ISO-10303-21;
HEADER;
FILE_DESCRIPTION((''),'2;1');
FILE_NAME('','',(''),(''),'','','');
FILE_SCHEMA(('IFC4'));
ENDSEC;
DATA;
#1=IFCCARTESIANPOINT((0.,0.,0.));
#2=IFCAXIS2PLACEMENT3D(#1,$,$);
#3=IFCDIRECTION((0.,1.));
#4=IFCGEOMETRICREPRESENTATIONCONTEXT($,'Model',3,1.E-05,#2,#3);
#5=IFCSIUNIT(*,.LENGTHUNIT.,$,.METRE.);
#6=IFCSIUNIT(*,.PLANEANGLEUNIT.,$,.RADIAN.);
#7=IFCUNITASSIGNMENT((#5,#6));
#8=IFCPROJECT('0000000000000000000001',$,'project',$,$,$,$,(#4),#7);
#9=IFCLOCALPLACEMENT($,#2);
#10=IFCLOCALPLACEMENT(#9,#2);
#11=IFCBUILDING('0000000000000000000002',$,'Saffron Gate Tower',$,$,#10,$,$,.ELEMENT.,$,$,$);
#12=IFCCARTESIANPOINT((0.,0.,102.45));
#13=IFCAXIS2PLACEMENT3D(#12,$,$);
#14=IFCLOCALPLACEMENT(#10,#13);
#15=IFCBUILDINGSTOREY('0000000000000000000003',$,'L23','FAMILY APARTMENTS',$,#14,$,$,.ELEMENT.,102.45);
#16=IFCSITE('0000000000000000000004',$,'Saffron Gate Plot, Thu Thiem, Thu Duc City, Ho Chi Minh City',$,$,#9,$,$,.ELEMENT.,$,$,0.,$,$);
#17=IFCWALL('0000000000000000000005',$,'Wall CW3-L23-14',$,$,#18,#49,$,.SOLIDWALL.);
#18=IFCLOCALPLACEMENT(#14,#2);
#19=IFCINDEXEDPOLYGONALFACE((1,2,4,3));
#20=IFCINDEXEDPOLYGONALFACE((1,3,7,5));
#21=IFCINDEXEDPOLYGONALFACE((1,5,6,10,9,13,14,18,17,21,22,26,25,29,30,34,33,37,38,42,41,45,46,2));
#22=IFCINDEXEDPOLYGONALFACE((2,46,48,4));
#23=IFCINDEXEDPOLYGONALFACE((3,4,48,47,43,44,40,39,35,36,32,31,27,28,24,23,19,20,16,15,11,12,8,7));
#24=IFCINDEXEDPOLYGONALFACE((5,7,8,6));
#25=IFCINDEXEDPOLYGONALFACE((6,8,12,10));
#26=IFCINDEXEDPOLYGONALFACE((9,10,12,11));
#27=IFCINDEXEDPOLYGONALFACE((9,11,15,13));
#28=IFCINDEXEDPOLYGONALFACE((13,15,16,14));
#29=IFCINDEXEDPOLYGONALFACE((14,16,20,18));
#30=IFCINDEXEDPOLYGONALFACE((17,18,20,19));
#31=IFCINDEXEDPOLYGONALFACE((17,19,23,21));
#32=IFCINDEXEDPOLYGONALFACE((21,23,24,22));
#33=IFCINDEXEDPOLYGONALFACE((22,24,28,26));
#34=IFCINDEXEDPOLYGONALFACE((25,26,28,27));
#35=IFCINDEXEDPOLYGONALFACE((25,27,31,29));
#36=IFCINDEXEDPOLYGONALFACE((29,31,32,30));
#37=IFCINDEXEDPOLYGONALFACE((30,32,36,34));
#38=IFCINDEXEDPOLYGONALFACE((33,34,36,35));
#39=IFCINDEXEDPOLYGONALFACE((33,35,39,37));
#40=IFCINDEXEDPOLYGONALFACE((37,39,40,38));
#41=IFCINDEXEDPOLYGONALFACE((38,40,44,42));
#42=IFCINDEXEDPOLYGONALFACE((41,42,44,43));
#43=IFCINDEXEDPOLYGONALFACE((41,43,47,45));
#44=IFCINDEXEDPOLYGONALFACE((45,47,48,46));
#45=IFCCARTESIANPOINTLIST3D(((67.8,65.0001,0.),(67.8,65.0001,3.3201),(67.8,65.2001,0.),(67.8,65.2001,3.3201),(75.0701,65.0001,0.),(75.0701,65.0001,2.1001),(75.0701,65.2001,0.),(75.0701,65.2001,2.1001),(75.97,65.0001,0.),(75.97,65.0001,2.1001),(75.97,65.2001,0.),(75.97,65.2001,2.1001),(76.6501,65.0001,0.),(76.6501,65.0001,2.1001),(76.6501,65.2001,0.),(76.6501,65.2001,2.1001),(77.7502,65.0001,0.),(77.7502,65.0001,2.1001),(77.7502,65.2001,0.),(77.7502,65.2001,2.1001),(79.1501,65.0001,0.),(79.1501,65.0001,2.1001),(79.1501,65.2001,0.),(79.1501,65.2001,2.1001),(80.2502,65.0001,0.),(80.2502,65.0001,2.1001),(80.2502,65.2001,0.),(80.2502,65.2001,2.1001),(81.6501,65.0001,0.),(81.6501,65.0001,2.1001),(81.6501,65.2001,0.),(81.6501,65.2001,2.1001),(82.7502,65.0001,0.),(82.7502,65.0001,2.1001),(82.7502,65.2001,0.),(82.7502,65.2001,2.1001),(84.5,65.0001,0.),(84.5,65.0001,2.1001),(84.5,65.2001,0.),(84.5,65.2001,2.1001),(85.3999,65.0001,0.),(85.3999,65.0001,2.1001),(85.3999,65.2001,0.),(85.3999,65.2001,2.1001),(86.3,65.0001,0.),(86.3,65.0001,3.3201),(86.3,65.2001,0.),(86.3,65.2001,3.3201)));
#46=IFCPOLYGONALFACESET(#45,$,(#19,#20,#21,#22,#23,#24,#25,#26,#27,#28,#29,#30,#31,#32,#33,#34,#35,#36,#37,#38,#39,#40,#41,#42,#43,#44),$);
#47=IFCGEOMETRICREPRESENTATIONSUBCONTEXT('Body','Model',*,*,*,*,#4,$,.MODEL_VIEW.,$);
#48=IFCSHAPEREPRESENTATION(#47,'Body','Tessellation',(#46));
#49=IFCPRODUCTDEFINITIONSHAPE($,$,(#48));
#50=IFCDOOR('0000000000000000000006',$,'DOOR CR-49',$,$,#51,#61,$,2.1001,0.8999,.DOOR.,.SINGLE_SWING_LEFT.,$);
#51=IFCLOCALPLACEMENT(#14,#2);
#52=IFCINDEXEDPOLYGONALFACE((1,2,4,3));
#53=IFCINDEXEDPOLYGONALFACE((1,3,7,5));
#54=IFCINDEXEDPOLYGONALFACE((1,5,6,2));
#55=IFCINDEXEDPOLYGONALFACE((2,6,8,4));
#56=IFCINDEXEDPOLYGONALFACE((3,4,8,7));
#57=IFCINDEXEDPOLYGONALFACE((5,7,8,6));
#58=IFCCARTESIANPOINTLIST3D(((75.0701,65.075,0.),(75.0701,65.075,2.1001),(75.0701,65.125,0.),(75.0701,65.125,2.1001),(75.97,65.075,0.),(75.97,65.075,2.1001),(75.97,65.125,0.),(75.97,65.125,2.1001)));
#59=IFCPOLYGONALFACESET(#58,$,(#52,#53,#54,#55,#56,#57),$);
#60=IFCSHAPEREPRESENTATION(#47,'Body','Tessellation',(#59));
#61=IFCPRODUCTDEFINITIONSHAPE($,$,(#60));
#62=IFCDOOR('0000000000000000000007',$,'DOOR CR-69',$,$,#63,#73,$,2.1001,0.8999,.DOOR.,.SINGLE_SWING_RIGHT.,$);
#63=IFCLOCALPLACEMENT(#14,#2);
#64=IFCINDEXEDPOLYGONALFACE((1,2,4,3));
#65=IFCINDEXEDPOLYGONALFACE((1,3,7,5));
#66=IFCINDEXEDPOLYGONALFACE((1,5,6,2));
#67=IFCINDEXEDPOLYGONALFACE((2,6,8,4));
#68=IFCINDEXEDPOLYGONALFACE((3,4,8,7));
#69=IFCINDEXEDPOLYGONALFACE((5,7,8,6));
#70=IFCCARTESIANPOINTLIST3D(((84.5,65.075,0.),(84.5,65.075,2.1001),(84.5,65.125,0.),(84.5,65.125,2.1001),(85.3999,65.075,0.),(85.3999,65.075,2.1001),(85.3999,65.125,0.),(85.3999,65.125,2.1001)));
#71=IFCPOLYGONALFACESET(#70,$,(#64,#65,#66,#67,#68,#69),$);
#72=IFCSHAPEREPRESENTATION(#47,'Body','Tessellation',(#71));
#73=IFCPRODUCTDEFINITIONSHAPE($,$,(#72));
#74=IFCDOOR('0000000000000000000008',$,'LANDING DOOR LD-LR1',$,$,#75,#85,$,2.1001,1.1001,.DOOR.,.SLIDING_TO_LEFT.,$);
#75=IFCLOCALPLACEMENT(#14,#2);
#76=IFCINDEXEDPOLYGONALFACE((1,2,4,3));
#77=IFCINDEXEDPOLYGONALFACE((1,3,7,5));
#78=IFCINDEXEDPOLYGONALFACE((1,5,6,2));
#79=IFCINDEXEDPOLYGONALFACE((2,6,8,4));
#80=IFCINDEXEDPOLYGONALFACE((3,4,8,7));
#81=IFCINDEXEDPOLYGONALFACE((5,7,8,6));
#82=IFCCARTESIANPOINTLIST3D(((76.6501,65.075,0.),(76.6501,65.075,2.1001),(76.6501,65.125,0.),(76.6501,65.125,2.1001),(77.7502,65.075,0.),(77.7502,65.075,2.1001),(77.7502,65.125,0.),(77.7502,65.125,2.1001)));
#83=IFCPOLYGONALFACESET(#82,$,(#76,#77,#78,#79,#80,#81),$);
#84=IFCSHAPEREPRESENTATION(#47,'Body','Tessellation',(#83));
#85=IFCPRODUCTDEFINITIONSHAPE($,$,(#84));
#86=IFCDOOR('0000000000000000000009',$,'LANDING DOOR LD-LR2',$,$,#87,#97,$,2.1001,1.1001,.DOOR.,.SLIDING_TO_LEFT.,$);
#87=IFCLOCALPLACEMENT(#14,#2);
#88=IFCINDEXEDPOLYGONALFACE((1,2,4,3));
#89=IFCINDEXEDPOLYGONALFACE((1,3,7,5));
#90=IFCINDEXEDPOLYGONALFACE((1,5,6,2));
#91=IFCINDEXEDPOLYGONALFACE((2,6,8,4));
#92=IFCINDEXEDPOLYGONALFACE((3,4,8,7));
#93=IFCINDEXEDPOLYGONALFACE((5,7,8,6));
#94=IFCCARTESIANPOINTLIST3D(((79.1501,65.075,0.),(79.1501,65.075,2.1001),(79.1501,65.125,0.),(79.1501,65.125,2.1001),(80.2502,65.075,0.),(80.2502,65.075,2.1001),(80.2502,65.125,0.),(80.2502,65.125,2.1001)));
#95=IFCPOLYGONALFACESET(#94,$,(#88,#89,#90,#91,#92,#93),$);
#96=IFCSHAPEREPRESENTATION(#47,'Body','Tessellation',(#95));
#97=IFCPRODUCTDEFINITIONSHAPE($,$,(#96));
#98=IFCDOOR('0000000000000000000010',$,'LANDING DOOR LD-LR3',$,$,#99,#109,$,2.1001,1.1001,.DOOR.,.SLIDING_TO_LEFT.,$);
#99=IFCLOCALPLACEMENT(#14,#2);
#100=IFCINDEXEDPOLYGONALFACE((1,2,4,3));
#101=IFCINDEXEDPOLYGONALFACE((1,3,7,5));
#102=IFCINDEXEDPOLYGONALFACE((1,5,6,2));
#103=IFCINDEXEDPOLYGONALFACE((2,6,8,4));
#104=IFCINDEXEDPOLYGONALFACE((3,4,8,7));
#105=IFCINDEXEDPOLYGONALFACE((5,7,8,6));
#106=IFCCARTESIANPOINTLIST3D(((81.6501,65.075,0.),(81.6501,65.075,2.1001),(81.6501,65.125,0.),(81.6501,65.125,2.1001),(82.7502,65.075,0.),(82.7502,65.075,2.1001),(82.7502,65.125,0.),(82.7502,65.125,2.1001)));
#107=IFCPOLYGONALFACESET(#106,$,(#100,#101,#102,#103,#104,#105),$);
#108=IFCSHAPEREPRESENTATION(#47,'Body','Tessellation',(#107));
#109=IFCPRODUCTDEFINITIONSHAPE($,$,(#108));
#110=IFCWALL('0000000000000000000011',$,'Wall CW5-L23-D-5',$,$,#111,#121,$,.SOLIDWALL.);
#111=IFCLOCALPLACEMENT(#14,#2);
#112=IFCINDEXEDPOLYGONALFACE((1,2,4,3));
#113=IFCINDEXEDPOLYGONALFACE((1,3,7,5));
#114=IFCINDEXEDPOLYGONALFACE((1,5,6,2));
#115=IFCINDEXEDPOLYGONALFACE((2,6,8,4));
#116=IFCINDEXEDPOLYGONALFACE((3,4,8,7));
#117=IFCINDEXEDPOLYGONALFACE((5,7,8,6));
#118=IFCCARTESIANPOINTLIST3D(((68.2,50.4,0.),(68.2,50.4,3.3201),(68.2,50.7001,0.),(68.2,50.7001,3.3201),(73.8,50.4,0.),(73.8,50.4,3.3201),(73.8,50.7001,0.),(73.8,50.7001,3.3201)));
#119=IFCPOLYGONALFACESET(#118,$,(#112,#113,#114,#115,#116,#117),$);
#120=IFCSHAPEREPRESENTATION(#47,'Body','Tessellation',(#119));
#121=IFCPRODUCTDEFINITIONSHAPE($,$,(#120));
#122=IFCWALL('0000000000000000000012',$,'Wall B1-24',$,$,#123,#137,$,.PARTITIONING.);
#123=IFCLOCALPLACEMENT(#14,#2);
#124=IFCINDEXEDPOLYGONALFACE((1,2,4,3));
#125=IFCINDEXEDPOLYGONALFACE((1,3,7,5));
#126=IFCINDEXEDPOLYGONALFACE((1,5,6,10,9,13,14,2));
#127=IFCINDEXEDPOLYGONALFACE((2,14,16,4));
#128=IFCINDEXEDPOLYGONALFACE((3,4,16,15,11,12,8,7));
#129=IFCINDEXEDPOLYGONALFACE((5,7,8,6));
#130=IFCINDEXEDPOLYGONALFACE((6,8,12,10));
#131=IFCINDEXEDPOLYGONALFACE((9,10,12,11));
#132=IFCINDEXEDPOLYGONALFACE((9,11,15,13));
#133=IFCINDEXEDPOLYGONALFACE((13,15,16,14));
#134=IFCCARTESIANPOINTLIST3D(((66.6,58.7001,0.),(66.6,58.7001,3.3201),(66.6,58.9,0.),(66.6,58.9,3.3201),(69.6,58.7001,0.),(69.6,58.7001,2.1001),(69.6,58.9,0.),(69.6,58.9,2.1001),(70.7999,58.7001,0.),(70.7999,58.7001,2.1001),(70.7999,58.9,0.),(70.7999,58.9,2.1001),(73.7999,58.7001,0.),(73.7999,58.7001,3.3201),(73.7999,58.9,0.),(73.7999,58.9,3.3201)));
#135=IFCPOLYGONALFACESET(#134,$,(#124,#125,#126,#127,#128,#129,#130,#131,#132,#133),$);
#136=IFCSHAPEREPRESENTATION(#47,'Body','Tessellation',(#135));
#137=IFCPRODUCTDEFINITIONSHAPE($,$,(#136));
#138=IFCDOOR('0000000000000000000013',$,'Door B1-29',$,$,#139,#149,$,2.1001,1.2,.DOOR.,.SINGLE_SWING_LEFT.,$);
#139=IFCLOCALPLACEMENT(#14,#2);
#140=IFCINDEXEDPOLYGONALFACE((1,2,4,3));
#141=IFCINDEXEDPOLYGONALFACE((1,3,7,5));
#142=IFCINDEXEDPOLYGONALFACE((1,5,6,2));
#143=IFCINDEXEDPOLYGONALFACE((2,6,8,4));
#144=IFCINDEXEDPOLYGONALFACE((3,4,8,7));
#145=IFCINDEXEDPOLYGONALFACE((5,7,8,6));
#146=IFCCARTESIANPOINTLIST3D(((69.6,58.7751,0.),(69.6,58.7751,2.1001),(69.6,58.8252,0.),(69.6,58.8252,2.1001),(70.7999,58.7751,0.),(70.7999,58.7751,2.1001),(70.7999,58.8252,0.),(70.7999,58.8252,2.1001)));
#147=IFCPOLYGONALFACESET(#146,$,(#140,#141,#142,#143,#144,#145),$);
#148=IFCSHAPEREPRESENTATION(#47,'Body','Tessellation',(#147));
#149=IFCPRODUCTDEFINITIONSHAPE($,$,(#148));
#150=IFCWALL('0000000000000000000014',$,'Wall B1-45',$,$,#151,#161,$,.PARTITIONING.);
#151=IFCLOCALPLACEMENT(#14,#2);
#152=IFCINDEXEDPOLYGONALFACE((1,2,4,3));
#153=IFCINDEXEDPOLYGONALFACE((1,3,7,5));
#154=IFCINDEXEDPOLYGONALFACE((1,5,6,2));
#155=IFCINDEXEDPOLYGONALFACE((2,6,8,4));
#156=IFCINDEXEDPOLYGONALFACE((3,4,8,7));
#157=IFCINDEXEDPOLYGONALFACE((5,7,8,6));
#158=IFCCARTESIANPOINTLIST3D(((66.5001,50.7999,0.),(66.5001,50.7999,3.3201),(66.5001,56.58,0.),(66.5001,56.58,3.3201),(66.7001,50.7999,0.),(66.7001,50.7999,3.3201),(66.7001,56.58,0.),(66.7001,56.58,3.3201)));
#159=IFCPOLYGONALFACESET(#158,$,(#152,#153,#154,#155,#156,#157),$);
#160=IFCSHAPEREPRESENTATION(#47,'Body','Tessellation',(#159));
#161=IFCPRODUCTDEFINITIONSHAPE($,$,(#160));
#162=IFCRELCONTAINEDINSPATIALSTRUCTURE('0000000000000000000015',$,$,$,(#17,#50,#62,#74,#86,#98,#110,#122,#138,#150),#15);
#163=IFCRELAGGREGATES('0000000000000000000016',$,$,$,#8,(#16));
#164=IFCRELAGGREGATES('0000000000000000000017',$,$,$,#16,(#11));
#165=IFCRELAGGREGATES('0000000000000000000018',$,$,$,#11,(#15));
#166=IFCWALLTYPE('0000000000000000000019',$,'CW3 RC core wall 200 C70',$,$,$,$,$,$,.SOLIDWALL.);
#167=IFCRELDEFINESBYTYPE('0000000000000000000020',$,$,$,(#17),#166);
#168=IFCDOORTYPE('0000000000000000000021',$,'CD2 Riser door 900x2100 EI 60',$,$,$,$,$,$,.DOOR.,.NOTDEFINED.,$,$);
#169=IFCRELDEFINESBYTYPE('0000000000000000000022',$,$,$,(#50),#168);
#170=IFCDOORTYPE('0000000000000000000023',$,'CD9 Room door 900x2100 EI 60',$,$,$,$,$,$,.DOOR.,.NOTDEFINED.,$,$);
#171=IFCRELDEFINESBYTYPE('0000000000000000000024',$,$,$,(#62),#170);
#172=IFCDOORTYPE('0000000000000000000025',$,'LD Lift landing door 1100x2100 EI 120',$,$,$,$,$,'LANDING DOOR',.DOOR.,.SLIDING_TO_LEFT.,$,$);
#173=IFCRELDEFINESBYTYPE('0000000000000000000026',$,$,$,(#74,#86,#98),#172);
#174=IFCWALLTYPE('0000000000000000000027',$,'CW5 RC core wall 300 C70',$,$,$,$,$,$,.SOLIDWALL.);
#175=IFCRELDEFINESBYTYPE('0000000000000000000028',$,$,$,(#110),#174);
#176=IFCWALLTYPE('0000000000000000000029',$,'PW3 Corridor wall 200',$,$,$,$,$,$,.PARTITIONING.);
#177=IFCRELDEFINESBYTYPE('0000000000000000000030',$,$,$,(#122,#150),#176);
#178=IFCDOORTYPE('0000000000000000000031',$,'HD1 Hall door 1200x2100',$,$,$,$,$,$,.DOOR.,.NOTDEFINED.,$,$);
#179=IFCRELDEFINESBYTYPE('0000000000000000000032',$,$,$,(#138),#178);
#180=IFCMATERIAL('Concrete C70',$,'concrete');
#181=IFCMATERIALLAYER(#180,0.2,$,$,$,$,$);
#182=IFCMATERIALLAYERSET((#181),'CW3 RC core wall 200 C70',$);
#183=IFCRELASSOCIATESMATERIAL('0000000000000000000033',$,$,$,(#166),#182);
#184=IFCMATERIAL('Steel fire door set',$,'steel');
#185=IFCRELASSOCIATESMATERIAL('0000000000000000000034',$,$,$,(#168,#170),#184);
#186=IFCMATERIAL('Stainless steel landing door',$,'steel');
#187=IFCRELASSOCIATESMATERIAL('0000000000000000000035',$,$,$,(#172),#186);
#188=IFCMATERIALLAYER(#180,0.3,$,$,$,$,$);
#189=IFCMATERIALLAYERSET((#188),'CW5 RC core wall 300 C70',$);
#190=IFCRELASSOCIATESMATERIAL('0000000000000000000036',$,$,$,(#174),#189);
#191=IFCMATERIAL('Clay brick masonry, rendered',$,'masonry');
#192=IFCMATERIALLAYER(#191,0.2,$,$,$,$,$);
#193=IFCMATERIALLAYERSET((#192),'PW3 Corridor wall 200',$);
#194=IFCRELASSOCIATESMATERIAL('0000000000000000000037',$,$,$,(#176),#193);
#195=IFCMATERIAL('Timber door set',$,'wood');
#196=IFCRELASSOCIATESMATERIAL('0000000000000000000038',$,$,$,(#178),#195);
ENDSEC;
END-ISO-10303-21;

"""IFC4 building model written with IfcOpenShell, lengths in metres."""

from ifc_helpers import new_model, si_unit, direction, frame, frame_2d, origin, place, context, subcontext, project, spatial, rectangle, extrude, material, layer, layer_set, type_object, element, fill, save


model = new_model("IFC4")

# Units and contexts
model_context = context("Model", 3, precision=1e-05, world=origin(), true_north=direction((0.0, 1.0)))
body_context = subcontext(model_context, "Body", "Model", "MODEL_VIEW")
ifc_project = project(units=[si_unit("LENGTHUNIT", "METRE"), si_unit("PLANEANGLEUNIT", "RADIAN")], contexts=[model_context])

# Site, building, storey
site_placement = place(None, origin())
site = spatial("IfcSite", under=ifc_project, at=site_placement, Name="Saffron Gate Plot, Thu Thiem, Thu Duc City, Ho Chi Minh City", CompositionType="ELEMENT", RefElevation=0.0)
building_placement = place(site_placement, origin())
building = spatial("IfcBuilding", under=site, at=building_placement, Name="Saffron Gate Tower", CompositionType="ELEMENT")
storey_placement = place(building_placement, frame((0.0, 0.0, 102.45)))
storey = spatial("IfcBuildingStorey", under=building, at=storey_placement, Name="L23", Description="FAMILY APARTMENTS", CompositionType="ELEMENT", Elevation=102.45)

# Shared definitions
ifc_material_1 = material(Name="Concrete C70", Category="concrete")
ifc_material_2 = material(Name="Steel fire door set", Category="steel")

# Wall, openings, doors
ifc_layer_1 = layer(ifc_material_1, 0.2)
ifc_layer_set_1 = layer_set([ifc_layer_1], Name="CW3 RC core wall 200 C70")
wall_type_1 = type_object("IfcWallType", Name="CW3 RC core wall 200 C70", PredefinedType="SOLIDWALL", material=ifc_layer_set_1)
wall_1_placement = place(storey_placement, frame((67.8, 65.1001, 0.0), z_axis=(0.0, 0.0, 1.0), x_axis=(1.0, 0.0, 0.0)))
wall_1 = element("IfcWall", 1, at=wall_1_placement, inside=storey, type_object=wall_type_1, Name="Wall CW3-L23-14", PredefinedType="SOLIDWALL", context=body_context, shape_type="SweptSolid", body=[
    extrude(rectangle(XDim=18.5, YDim=0.2, at=frame_2d((9.25, 0.0))), origin(), (0.0, 0.0, 1.0), 3.3201),
])
opening_1_placement = place(wall_1_placement, frame((7.27, 0.0, 0.0)))
opening_1 = element("IfcOpeningElement", 2, at=opening_1_placement, cuts=wall_1, PredefinedType="OPENING", context=body_context, shape_type="SweptSolid", body=[
    extrude(rectangle(XDim=0.8999, YDim=2.1001, at=frame_2d((0.45, 1.05))), frame((0.0, 0.1099, 0.0), z_axis=(0.0, -1.0, 0.0), x_axis=(1.0, 0.0, 0.0)), (0.0, 0.0, 1.0), 0.22),
])
opening_2_placement = place(wall_1_placement, frame((8.8501, 0.0, 0.0)))
opening_2 = element("IfcOpeningElement", 3, at=opening_2_placement, cuts=wall_1, PredefinedType="OPENING", context=body_context, shape_type="SweptSolid", body=[
    extrude(rectangle(XDim=1.1001, YDim=2.1001, at=frame_2d((0.55, 1.05))), frame((0.0, 0.1099, 0.0), z_axis=(0.0, -1.0, 0.0), x_axis=(1.0, 0.0, 0.0)), (0.0, 0.0, 1.0), 0.22),
])
opening_3_placement = place(wall_1_placement, frame((11.3501, 0.0, 0.0)))
opening_3 = element("IfcOpeningElement", 4, at=opening_3_placement, cuts=wall_1, PredefinedType="OPENING", context=body_context, shape_type="SweptSolid", body=[
    extrude(rectangle(XDim=1.1001, YDim=2.1001, at=frame_2d((0.55, 1.05))), frame((0.0, 0.1099, 0.0), z_axis=(0.0, -1.0, 0.0), x_axis=(1.0, 0.0, 0.0)), (0.0, 0.0, 1.0), 0.22),
])
opening_4_placement = place(wall_1_placement, frame((13.8501, 0.0, 0.0)))
opening_4 = element("IfcOpeningElement", 5, at=opening_4_placement, cuts=wall_1, PredefinedType="OPENING", context=body_context, shape_type="SweptSolid", body=[
    extrude(rectangle(XDim=1.1001, YDim=2.1001, at=frame_2d((0.55, 1.05))), frame((0.0, 0.1099, 0.0), z_axis=(0.0, -1.0, 0.0), x_axis=(1.0, 0.0, 0.0)), (0.0, 0.0, 1.0), 0.22),
])
opening_5_placement = place(wall_1_placement, frame((16.7, 0.0, 0.0)))
opening_5 = element("IfcOpeningElement", 6, at=opening_5_placement, cuts=wall_1, PredefinedType="OPENING", context=body_context, shape_type="SweptSolid", body=[
    extrude(rectangle(XDim=0.8999, YDim=2.1001, at=frame_2d((0.45, 1.05))), frame((0.0, 0.1099, 0.0), z_axis=(0.0, -1.0, 0.0), x_axis=(1.0, 0.0, 0.0)), (0.0, 0.0, 1.0), 0.22),
])
door_type_1 = type_object("IfcDoorType", Name="CD2 Riser door 900x2100 EI 60", OperationType="NOTDEFINED", PredefinedType="DOOR", material=ifc_material_2)
door_1_placement = place(opening_1_placement, origin())
door_1 = element("IfcDoor", 7, at=door_1_placement, inside=storey, type_object=door_type_1, Name="DOOR CR-49", OperationType="SINGLE_SWING_LEFT", OverallHeight=2.1001, OverallWidth=0.8999, PredefinedType="DOOR", context=body_context, shape_type="SweptSolid", body=[
    extrude(rectangle(XDim=0.8999, YDim=2.1001, at=frame_2d((0.45, 1.05))), frame((0.0, 0.0249, 0.0), z_axis=(0.0, -1.0, 0.0), x_axis=(1.0, 0.0, 0.0)), (0.0, 0.0, 1.0), 0.05),
])
fill(opening_1, door_1)
door_type_2 = type_object("IfcDoorType", Name="CD9 Room door 900x2100 EI 60", OperationType="NOTDEFINED", PredefinedType="DOOR", material=ifc_material_2)
door_2_placement = place(opening_5_placement, origin())
door_2 = element("IfcDoor", 8, at=door_2_placement, inside=storey, type_object=door_type_2, Name="DOOR CR-69", OperationType="SINGLE_SWING_RIGHT", OverallHeight=2.1001, OverallWidth=0.8999, PredefinedType="DOOR", context=body_context, shape_type="SweptSolid", body=[
    extrude(rectangle(XDim=0.8999, YDim=2.1001, at=frame_2d((0.45, 1.05))), frame((0.0, 0.0249, 0.0), z_axis=(0.0, -1.0, 0.0), x_axis=(1.0, 0.0, 0.0)), (0.0, 0.0, 1.0), 0.05),
])
fill(opening_5, door_2)
ifc_material_3 = material(Name="Stainless steel landing door", Category="steel")
door_type_3 = type_object("IfcDoorType", Name="LD Lift landing door 1100x2100 EI 120", ElementType="LANDING DOOR", OperationType="SLIDING_TO_LEFT", PredefinedType="DOOR", material=ifc_material_3)
door_3_placement = place(opening_2_placement, origin())
door_3 = element("IfcDoor", 9, at=door_3_placement, inside=storey, type_object=door_type_3, Name="LANDING DOOR LD-LR1", OperationType="SLIDING_TO_LEFT", OverallHeight=2.1001, OverallWidth=1.1001, PredefinedType="DOOR", context=body_context, shape_type="SweptSolid", body=[
    extrude(rectangle(XDim=1.1001, YDim=2.1001, at=frame_2d((0.55, 1.05))), frame((0.0, 0.0249, 0.0), z_axis=(0.0, -1.0, 0.0), x_axis=(1.0, 0.0, 0.0)), (0.0, 0.0, 1.0), 0.05),
])
fill(opening_2, door_3)
door_4_placement = place(opening_3_placement, origin())
door_4 = element("IfcDoor", 10, at=door_4_placement, inside=storey, type_object=door_type_3, Name="LANDING DOOR LD-LR2", OperationType="SLIDING_TO_LEFT", OverallHeight=2.1001, OverallWidth=1.1001, PredefinedType="DOOR", context=body_context, shape_type="SweptSolid", body=[
    extrude(rectangle(XDim=1.1001, YDim=2.1001, at=frame_2d((0.55, 1.05))), frame((0.0, 0.0249, 0.0), z_axis=(0.0, -1.0, 0.0), x_axis=(1.0, 0.0, 0.0)), (0.0, 0.0, 1.0), 0.05),
])
fill(opening_3, door_4)
door_5_placement = place(opening_4_placement, origin())
door_5 = element("IfcDoor", 11, at=door_5_placement, inside=storey, type_object=door_type_3, Name="LANDING DOOR LD-LR3", OperationType="SLIDING_TO_LEFT", OverallHeight=2.1001, OverallWidth=1.1001, PredefinedType="DOOR", context=body_context, shape_type="SweptSolid", body=[
    extrude(rectangle(XDim=1.1001, YDim=2.1001, at=frame_2d((0.55, 1.05))), frame((0.0, 0.0249, 0.0), z_axis=(0.0, -1.0, 0.0), x_axis=(1.0, 0.0, 0.0)), (0.0, 0.0, 1.0), 0.05),
])
fill(opening_4, door_5)

# Wall
ifc_layer_2 = layer(ifc_material_1, 0.3)
ifc_layer_set_2 = layer_set([ifc_layer_2], Name="CW5 RC core wall 300 C70")
wall_type_2 = type_object("IfcWallType", Name="CW5 RC core wall 300 C70", PredefinedType="SOLIDWALL", material=ifc_layer_set_2)
wall_2_placement = place(storey_placement, frame((68.2, 50.55, 0.0), z_axis=(0.0, 0.0, 1.0), x_axis=(1.0, 0.0, 0.0)))
element("IfcWall", 12, at=wall_2_placement, inside=storey, type_object=wall_type_2, Name="Wall CW5-L23-D-5", PredefinedType="SOLIDWALL", context=body_context, shape_type="SweptSolid", body=[
    extrude(rectangle(XDim=5.6001, YDim=0.3, at=frame_2d((2.8, 0.0))), origin(), (0.0, 0.0, 1.0), 3.3201),
])

# Wall, opening, door
ifc_material_4 = material(Name="Clay brick masonry, rendered", Category="masonry")
ifc_layer_3 = layer(ifc_material_4, 0.2)
ifc_layer_set_3 = layer_set([ifc_layer_3], Name="PW3 Corridor wall 200")
wall_type_3 = type_object("IfcWallType", Name="PW3 Corridor wall 200", PredefinedType="PARTITIONING", material=ifc_layer_set_3)
wall_3_placement = place(storey_placement, frame((73.8, 58.8, 0.0), z_axis=(0.0, 0.0, 1.0), x_axis=(-1.0, 0.0, 0.0)))
wall_3 = element("IfcWall", 13, at=wall_3_placement, inside=storey, type_object=wall_type_3, Name="Wall B1-24", PredefinedType="PARTITIONING", context=body_context, shape_type="SweptSolid", body=[
    extrude(rectangle(XDim=7.2, YDim=0.2, at=frame_2d((3.6001, 0.0))), origin(), (0.0, 0.0, 1.0), 3.3201),
])
opening_6_placement = place(wall_3_placement, frame((3.0, 0.0, 0.0)))
opening_6 = element("IfcOpeningElement", 14, at=opening_6_placement, cuts=wall_3, PredefinedType="OPENING", context=body_context, shape_type="SweptSolid", body=[
    extrude(rectangle(XDim=1.2, YDim=2.1001, at=frame_2d((0.6001, 1.05))), frame((0.0, 0.1099, 0.0), z_axis=(0.0, -1.0, 0.0), x_axis=(1.0, 0.0, 0.0)), (0.0, 0.0, 1.0), 0.22),
])
ifc_material_5 = material(Name="Timber door set", Category="wood")
door_type_4 = type_object("IfcDoorType", Name="HD1 Hall door 1200x2100", OperationType="NOTDEFINED", PredefinedType="DOOR", material=ifc_material_5)
door_6_placement = place(opening_6_placement, origin())
door_6 = element("IfcDoor", 15, at=door_6_placement, inside=storey, type_object=door_type_4, Name="Door B1-29", OperationType="SINGLE_SWING_LEFT", OverallHeight=2.1001, OverallWidth=1.2, PredefinedType="DOOR", context=body_context, shape_type="SweptSolid", body=[
    extrude(rectangle(XDim=1.2, YDim=2.1001, at=frame_2d((0.6001, 1.05))), frame((0.0, 0.0249, 0.0), z_axis=(0.0, -1.0, 0.0), x_axis=(1.0, 0.0, 0.0)), (0.0, 0.0, 1.0), 0.05),
])
fill(opening_6, door_6)

# Wall
wall_4_placement = place(storey_placement, frame((66.6001, 56.5801, 0.0), z_axis=(0.0, 0.0, 1.0), x_axis=(0.0, -1.0, 0.0)))
element("IfcWall", 16, at=wall_4_placement, inside=storey, type_object=wall_type_3, Name="Wall B1-45", PredefinedType="PARTITIONING", context=body_context, shape_type="SweptSolid", body=[
    extrude(rectangle(XDim=5.78, YDim=0.2, at=frame_2d((2.8901, 0.0))), origin(), (0.0, 0.0, 1.0), 3.3201),
])

save(model, "model.ifc")
